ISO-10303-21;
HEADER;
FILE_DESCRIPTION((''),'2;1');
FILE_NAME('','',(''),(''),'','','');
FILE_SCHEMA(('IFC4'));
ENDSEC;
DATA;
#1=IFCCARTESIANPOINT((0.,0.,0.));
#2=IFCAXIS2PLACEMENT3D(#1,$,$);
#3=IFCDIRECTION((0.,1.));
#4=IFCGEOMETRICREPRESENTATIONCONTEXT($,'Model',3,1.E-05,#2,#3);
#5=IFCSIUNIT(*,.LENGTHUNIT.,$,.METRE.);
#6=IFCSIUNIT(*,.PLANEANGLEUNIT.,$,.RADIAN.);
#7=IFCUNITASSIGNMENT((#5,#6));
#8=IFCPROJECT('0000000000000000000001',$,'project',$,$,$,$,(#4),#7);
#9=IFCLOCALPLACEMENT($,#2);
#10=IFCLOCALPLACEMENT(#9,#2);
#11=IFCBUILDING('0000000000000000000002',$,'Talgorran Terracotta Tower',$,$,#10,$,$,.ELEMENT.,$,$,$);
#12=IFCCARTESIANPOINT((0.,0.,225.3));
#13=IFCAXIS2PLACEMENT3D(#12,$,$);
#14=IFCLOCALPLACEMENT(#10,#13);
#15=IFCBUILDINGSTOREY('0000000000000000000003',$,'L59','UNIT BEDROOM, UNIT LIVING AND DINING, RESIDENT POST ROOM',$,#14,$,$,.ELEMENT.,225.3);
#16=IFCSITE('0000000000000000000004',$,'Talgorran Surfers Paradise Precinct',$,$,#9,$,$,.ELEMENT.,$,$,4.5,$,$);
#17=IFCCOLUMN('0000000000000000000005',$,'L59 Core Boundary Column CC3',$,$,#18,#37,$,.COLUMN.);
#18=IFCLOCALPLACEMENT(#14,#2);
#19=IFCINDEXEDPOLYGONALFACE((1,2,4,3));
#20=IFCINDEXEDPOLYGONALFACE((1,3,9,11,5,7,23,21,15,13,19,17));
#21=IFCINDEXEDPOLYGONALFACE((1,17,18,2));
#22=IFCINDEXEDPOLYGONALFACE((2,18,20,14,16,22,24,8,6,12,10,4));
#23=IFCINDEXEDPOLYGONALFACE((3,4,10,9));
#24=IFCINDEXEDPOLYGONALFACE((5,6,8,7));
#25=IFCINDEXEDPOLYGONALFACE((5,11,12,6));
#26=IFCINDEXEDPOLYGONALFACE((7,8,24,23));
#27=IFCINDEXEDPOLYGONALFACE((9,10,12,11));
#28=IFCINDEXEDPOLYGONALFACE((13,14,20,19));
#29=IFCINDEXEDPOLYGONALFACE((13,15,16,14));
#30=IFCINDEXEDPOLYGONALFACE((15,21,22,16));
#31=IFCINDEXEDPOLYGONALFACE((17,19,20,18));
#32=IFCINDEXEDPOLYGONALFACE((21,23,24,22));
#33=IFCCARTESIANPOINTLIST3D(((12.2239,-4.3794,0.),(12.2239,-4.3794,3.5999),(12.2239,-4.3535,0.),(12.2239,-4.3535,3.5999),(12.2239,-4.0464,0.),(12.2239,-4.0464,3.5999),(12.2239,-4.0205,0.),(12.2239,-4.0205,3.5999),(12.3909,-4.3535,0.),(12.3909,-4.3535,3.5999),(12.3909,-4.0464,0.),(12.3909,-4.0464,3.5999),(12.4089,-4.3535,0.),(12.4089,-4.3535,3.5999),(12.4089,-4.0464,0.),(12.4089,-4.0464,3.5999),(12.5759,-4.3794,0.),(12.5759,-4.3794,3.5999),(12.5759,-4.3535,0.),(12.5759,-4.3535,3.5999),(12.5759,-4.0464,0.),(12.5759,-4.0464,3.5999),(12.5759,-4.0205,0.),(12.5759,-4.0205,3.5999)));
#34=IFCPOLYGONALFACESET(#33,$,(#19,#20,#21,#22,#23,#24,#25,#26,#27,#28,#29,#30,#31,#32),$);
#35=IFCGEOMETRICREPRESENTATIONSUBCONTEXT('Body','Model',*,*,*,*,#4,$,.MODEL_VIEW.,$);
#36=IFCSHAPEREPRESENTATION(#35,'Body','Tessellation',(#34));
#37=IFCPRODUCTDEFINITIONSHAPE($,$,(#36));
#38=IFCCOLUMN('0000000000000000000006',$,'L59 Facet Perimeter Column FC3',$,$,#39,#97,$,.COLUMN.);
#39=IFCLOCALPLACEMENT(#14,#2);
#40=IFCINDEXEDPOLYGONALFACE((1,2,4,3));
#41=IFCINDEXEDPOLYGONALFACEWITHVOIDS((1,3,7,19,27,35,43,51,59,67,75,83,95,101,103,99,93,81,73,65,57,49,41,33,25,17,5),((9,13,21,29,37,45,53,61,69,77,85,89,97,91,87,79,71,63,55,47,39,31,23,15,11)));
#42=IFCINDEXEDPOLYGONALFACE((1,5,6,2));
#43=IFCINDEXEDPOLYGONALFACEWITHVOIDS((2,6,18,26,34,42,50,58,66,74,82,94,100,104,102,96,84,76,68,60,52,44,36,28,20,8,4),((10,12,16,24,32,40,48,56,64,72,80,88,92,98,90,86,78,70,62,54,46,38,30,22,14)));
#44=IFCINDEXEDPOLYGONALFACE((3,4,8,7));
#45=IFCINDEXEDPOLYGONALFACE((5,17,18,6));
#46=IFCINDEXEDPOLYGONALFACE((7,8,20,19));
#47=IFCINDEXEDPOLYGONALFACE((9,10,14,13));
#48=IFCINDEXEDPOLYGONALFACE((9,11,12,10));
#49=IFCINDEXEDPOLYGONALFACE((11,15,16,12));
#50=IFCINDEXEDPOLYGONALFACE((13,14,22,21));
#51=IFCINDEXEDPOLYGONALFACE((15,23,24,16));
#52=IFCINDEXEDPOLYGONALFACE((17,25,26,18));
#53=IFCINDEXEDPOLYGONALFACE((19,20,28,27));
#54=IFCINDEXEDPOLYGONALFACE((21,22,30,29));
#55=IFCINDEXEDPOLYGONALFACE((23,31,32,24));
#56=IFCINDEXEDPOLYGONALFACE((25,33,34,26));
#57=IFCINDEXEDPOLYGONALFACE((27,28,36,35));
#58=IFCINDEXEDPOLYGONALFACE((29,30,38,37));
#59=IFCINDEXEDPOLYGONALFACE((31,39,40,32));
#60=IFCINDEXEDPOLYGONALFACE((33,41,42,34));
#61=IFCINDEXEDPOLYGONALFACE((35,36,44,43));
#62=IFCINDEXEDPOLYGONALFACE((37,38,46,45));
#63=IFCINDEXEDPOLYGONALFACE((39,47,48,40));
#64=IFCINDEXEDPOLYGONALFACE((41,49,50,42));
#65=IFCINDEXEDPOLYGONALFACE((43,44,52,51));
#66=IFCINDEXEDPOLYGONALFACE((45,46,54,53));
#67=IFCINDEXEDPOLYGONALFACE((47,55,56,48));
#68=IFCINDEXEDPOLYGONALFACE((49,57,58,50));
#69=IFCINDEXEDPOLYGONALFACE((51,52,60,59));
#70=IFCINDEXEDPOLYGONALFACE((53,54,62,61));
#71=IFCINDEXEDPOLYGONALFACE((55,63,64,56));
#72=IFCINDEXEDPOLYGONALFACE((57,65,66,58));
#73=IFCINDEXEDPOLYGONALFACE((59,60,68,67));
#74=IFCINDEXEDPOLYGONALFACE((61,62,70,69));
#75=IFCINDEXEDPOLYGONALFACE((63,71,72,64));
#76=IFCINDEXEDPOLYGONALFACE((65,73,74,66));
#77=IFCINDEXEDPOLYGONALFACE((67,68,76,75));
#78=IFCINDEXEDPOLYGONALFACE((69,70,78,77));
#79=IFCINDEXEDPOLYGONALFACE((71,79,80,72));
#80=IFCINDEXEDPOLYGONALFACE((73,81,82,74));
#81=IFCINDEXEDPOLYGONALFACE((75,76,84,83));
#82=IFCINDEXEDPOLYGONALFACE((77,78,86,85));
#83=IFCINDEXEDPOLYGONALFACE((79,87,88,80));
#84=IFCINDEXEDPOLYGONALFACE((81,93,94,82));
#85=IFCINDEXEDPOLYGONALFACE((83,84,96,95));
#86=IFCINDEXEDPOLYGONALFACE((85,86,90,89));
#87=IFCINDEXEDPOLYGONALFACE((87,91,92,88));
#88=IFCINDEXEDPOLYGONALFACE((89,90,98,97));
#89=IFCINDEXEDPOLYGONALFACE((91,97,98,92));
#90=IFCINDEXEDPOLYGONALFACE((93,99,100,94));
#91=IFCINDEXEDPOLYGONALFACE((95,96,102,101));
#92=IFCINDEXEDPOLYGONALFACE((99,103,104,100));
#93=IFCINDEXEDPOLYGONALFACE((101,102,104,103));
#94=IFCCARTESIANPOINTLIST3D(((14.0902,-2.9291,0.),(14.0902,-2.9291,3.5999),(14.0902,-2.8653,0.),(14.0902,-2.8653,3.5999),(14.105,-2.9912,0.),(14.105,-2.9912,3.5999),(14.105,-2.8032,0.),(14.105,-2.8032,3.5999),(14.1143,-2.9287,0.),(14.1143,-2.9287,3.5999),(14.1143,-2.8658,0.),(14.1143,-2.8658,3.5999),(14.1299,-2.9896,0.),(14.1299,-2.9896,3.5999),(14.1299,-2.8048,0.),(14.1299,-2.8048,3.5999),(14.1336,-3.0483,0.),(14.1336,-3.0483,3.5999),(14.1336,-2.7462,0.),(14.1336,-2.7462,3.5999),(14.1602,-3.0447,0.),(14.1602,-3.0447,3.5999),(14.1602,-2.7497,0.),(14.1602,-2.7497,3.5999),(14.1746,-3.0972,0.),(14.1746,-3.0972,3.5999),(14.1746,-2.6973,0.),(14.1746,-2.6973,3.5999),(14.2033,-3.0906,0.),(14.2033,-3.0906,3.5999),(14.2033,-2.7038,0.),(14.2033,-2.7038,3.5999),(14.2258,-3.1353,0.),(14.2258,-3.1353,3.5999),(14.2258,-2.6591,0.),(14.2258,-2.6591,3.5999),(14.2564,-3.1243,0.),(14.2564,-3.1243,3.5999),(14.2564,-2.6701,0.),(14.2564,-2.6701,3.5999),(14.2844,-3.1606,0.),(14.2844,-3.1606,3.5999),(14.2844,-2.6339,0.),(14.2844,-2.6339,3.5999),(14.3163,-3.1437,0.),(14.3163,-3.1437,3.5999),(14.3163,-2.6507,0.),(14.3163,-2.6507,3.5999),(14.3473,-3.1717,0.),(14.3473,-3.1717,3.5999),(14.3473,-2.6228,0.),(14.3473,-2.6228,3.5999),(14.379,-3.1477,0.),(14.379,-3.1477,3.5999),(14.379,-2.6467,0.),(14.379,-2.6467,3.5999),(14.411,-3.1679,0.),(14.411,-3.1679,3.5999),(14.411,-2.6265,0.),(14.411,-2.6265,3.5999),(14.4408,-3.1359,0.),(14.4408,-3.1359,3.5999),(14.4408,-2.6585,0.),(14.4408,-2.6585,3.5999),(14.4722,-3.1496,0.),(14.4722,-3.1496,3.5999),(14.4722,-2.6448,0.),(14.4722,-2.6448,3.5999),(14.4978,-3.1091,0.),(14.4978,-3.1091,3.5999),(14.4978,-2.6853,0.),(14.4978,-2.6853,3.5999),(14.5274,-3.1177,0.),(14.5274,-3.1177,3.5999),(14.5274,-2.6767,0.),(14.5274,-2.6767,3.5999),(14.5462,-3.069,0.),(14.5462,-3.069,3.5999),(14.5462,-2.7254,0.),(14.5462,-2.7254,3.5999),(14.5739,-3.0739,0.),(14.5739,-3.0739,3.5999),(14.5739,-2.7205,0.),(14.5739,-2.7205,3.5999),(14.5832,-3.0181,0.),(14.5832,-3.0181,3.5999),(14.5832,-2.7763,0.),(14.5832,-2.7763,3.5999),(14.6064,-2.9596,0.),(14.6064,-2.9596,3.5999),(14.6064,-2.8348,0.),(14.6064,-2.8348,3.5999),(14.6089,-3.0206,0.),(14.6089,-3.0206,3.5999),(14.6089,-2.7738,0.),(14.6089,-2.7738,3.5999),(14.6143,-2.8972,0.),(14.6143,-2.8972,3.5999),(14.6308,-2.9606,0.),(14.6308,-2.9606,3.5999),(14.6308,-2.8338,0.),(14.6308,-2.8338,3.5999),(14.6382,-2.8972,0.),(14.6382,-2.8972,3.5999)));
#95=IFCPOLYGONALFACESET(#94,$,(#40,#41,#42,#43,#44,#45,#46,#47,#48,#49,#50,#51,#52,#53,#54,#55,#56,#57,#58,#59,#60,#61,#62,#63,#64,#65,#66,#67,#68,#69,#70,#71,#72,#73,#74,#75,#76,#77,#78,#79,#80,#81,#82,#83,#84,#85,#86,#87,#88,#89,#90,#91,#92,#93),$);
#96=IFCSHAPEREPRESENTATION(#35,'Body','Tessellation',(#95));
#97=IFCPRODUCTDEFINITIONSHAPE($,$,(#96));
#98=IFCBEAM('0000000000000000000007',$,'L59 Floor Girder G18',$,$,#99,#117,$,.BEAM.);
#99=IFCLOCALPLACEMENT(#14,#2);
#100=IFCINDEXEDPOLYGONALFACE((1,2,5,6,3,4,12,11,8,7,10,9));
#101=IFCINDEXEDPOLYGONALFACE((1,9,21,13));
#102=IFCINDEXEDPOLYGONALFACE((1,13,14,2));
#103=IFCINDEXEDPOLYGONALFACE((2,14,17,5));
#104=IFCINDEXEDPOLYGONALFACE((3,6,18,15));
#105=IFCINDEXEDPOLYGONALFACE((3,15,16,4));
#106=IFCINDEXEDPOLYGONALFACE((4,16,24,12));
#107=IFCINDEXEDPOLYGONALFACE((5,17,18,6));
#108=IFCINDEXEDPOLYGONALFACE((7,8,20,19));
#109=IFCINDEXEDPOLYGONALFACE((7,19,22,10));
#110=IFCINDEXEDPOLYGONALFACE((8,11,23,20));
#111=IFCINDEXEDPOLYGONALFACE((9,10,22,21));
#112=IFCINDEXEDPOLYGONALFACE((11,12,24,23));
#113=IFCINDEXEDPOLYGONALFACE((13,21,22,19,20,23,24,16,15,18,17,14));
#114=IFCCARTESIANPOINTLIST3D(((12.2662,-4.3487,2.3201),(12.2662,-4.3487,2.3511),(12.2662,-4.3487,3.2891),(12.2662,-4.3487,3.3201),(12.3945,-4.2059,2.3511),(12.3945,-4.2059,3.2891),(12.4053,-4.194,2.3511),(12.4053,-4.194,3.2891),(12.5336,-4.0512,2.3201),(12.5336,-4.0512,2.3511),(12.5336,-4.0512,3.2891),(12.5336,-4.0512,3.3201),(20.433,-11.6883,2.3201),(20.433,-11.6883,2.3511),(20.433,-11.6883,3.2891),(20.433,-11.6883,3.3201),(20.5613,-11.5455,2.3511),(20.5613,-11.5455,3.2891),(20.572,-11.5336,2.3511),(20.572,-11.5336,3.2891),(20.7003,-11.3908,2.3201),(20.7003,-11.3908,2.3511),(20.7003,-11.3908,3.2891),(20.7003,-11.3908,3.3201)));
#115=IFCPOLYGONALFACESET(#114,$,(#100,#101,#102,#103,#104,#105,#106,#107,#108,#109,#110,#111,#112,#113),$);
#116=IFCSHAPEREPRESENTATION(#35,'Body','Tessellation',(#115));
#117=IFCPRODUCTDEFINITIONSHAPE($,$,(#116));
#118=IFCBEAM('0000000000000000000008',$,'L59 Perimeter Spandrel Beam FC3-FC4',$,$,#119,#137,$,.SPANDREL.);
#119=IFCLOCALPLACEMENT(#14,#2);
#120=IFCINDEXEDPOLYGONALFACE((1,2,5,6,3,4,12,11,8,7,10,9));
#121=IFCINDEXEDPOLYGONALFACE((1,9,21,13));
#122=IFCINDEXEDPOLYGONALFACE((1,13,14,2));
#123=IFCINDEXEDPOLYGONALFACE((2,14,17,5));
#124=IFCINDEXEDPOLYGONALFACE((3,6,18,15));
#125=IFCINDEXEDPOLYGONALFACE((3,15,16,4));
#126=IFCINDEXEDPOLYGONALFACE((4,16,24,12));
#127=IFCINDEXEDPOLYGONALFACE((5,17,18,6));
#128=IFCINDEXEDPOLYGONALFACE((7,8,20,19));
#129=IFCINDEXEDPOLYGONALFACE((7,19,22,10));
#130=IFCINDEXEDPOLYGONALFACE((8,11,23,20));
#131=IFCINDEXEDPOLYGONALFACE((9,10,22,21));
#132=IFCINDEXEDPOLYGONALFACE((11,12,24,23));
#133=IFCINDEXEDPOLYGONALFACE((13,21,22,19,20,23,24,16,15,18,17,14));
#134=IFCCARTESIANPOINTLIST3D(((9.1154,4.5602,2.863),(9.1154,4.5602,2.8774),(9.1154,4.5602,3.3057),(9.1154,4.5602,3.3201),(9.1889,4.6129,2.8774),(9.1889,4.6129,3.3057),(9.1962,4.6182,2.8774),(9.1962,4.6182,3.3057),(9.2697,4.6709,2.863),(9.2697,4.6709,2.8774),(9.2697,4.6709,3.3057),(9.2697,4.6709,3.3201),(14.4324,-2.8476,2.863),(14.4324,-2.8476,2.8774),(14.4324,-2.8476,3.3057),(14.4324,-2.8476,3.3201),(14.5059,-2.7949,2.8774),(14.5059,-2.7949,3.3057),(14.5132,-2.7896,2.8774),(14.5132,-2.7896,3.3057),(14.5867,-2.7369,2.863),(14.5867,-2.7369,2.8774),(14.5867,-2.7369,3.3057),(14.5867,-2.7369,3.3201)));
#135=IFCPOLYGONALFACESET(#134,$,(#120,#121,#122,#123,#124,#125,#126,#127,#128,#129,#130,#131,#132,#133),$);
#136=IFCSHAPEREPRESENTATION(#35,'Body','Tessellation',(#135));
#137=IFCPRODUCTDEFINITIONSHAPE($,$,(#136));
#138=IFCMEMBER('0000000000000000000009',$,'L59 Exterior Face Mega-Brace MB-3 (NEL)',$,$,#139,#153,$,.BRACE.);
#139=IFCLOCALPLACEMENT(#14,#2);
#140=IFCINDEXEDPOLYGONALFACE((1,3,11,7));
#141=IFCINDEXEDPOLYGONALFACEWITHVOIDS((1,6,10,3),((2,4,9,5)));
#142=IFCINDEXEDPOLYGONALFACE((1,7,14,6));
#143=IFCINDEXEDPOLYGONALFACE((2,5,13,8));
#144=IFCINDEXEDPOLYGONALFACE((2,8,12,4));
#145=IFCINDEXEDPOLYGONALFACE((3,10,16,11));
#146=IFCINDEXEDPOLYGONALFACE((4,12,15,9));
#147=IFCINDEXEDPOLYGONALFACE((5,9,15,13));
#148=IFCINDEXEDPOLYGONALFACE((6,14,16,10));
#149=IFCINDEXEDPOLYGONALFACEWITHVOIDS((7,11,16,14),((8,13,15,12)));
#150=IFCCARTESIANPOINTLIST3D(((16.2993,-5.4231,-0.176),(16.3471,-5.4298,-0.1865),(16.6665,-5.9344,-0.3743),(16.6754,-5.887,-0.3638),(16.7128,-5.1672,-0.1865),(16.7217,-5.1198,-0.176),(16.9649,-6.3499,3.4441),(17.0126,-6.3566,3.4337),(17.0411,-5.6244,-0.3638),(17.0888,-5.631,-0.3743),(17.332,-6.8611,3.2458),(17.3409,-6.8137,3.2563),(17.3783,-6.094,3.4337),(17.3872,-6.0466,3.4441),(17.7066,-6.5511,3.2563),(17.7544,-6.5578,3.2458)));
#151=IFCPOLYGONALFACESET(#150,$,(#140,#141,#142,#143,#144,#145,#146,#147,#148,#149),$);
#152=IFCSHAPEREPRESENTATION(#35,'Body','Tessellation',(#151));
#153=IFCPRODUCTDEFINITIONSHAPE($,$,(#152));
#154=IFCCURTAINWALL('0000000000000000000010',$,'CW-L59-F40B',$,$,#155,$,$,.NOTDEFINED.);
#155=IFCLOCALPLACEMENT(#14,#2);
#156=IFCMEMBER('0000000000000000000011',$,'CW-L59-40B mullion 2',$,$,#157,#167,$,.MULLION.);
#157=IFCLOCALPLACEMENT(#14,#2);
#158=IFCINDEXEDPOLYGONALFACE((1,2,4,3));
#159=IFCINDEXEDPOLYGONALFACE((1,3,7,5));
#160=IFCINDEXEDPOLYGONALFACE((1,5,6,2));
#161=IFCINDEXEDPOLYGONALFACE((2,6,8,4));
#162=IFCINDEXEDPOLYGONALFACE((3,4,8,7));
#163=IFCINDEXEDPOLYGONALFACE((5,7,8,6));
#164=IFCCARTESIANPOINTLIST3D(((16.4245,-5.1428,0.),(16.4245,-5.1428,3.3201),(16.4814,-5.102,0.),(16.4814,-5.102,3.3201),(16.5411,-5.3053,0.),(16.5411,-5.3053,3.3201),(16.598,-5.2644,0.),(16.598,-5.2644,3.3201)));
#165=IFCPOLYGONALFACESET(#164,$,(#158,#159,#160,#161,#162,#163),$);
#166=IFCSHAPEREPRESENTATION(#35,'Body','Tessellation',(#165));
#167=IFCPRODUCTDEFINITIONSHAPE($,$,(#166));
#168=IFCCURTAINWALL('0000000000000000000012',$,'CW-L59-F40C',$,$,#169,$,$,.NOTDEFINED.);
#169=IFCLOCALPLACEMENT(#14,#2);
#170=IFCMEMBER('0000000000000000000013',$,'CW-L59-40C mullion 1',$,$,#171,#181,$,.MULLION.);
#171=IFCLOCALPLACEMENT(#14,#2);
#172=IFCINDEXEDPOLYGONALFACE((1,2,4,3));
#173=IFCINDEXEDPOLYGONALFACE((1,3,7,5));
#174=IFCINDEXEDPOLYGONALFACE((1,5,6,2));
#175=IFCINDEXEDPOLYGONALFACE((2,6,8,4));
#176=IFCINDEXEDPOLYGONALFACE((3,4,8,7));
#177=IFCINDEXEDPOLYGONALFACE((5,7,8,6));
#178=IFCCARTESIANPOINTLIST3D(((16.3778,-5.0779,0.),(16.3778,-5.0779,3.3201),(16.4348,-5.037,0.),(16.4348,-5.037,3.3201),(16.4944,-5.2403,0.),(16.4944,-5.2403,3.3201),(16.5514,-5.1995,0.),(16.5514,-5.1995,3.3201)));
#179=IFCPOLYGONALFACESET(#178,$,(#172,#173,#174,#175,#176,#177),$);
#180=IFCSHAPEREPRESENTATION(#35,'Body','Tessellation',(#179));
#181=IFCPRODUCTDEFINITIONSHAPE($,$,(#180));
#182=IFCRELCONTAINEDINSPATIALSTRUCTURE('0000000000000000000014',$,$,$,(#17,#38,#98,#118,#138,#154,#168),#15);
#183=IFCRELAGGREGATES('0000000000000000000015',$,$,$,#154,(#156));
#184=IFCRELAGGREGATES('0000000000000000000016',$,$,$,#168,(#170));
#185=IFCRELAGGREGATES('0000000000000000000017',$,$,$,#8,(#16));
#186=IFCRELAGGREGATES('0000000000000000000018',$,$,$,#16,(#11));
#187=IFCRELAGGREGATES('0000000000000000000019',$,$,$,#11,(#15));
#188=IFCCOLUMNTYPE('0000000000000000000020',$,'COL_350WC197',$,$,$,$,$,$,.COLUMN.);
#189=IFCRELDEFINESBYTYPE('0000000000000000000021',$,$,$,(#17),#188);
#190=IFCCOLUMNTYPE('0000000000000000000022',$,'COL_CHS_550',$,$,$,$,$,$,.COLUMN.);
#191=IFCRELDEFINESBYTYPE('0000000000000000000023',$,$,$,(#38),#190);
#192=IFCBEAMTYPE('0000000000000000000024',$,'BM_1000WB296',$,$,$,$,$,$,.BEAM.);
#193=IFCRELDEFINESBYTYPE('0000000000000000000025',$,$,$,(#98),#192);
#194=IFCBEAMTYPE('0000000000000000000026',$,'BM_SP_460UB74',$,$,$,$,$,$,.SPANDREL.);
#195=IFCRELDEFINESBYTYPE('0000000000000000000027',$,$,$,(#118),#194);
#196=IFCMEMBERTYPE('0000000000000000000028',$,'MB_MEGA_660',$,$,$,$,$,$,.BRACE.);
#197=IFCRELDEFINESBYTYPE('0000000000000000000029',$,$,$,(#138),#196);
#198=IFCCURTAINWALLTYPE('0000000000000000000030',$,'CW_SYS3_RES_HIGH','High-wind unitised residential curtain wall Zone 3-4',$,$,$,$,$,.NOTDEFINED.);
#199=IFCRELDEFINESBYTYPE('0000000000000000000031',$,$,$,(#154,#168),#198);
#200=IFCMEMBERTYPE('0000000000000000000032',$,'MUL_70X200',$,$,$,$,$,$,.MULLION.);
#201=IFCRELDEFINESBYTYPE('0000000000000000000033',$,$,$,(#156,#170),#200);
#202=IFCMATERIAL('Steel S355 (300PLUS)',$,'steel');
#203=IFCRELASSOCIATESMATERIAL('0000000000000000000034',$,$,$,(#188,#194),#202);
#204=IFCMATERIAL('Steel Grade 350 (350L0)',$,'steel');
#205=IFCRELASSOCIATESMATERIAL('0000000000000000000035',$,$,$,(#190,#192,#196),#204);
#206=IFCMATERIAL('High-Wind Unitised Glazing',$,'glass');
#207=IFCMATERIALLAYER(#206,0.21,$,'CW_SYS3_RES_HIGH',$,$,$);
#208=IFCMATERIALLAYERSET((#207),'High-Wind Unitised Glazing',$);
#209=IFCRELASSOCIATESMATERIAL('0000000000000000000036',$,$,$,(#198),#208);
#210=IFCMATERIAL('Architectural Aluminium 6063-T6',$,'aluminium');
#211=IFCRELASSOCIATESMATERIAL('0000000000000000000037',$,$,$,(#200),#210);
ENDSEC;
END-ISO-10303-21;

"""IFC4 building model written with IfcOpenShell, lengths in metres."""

from ifc_helpers import new_model, si_unit, direction, frame, origin, origin_2d, place, context, subcontext, project, spatial, rectangle, hollow_rectangle, hollow_circle, i_section, extrude, material, layer, layer_set, material_profile, profile_set, type_object, element, aggregate, save


model = new_model("IFC4")

# Units and contexts
model_context = context("Model", 3, precision=1e-05, world=origin(), true_north=direction((0.0, 1.0)))
body_context = subcontext(model_context, "Body", "Model", "MODEL_VIEW")
ifc_project = project(units=[si_unit("LENGTHUNIT", "METRE"), si_unit("PLANEANGLEUNIT", "RADIAN")], contexts=[model_context])

# Site, building, storey
site_placement = place(None, origin())
site = spatial("IfcSite", under=ifc_project, at=site_placement, Name="Talgorran Surfers Paradise Precinct", CompositionType="ELEMENT", RefElevation=4.5)
building_placement = place(site_placement, origin())
building = spatial("IfcBuilding", under=site, at=building_placement, Name="Talgorran Terracotta Tower", CompositionType="ELEMENT")
storey_placement = place(building_placement, frame((0.0, 0.0, 225.3)))
storey = spatial("IfcBuildingStorey", under=building, at=storey_placement, Name="L59", Description="UNIT BEDROOM, UNIT LIVING AND DINING, RESIDENT POST ROOM", CompositionType="ELEMENT", Elevation=225.3)

# Columns
ifc_material_1 = material(Name="Steel S355 (300PLUS)", Category="steel")
ifc_material_profile_1 = material_profile(ifc_material_1, i_section(OverallWidth=0.3521, OverallDepth=0.3589, WebThickness=0.0181, FlangeThickness=0.0259, at=origin_2d()), Name="350WC197")
ifc_profile_set_1 = profile_set([ifc_material_profile_1], Name="Steel S355 (300PLUS)")
column_type_1 = type_object("IfcColumnType", Name="COL_350WC197", PredefinedType="COLUMN", material=ifc_profile_set_1)
column_1_placement = place(storey_placement, frame((12.3999, -4.2, 0.0), z_axis=(0.0, 0.0, 1.0), x_axis=(1.0, 0.0, 0.0)))
element("IfcColumn", 1, at=column_1_placement, inside=storey, type_object=column_type_1, Name="L59 Core Boundary Column CC3", PredefinedType="COLUMN", context=body_context, shape_type="SweptSolid", body=[
    extrude(i_section(OverallWidth=0.3521, OverallDepth=0.3589, WebThickness=0.0181, FlangeThickness=0.0259, at=origin_2d()), origin(), (0.0, 0.0, 1.0), 3.5999),
])
ifc_material_2 = material(Name="Steel Grade 350 (350L0)", Category="steel")
ifc_material_profile_2 = material_profile(ifc_material_2, hollow_circle(Radius=0.2749, WallThickness=0.0239, at=origin_2d()), Name="CHS550X24")
ifc_profile_set_2 = profile_set([ifc_material_profile_2], Name="Steel Grade 350 (350L0)")
column_type_2 = type_object("IfcColumnType", Name="COL_CHS_550", PredefinedType="COLUMN", material=ifc_profile_set_2)
column_2_placement = place(storey_placement, frame((14.3633, -2.8972, 0.0), z_axis=(0.0, 0.0, 1.0), x_axis=(1.0, 0.0, 0.0)))
element("IfcColumn", 2, at=column_2_placement, inside=storey, type_object=column_type_2, Name="L59 Facet Perimeter Column FC3", PredefinedType="COLUMN", context=body_context, shape_type="SweptSolid", body=[
    extrude(hollow_circle(Radius=0.2749, WallThickness=0.0239, at=origin_2d()), origin(), (0.0, 0.0, 1.0), 3.5999),
])

# Beams
ifc_material_profile_3 = material_profile(ifc_material_2, i_section(OverallWidth=0.3999, OverallDepth=1.0, WebThickness=0.0161, FlangeThickness=0.031, at=origin_2d()), Name="1000WB296")
ifc_profile_set_3 = profile_set([ifc_material_profile_3], Name="Steel Grade 350 (350L0)")
beam_type_1 = type_object("IfcBeamType", Name="BM_1000WB296", PredefinedType="BEAM", material=ifc_profile_set_3)
beam_1_placement = place(storey_placement, frame((12.3999, -4.2, 2.8201), z_axis=(0.743768, -0.668438, 0.0), x_axis=(0.668438, 0.743768, 0.0)))
element("IfcBeam", 3, at=beam_1_placement, inside=storey, type_object=beam_type_1, Name="L59 Floor Girder G18", PredefinedType="BEAM", context=body_context, shape_type="SweptSolid", body=[
    extrude(i_section(OverallWidth=0.3999, OverallDepth=1.0, WebThickness=0.0161, FlangeThickness=0.031, at=origin_2d()), origin(), (0.0, 0.0, 1.0), 10.9802),
])
ifc_material_profile_4 = material_profile(ifc_material_1, i_section(OverallWidth=0.1899, OverallDepth=0.457, WebThickness=0.009, FlangeThickness=0.0144, at=origin_2d()), Name="460UB74.6")
ifc_profile_set_4 = profile_set([ifc_material_profile_4], Name="Steel S355 (300PLUS)")
beam_type_2 = type_object("IfcBeamType", Name="BM_SP_460UB74", PredefinedType="SPANDREL", material=ifc_profile_set_4)
beam_2_placement = place(storey_placement, frame((14.5095, -2.7922, 3.0916), z_axis=(-0.583101, 0.8124, 0.0), x_axis=(-0.8124, -0.583101, 0.0)))
element("IfcBeam", 4, at=beam_2_placement, inside=storey, type_object=beam_type_2, Name="L59 Perimeter Spandrel Beam FC3-FC4", PredefinedType="SPANDREL", context=body_context, shape_type="SweptSolid", body=[
    extrude(i_section(OverallWidth=0.1899, OverallDepth=0.457, WebThickness=0.009, FlangeThickness=0.0144, at=origin_2d()), origin(), (0.0, 0.0, 1.0), 9.1184),
])

# Member
ifc_material_profile_5 = material_profile(ifc_material_2, hollow_rectangle(XDim=0.52, YDim=0.6599, WallThickness=0.0349, at=origin_2d()), Name="WBOX660X520X35")
ifc_profile_set_5 = profile_set([ifc_material_profile_5], Name="Steel Grade 350 (350L0)")
member_type_1 = type_object("IfcMemberType", Name="MB_MEGA_660", PredefinedType="BRACE", material=ifc_profile_set_5)
member_1_placement = place(storey_placement, frame((16.6941, -5.5271, -0.2751), z_axis=(0.175339, -0.244162, 0.953751), x_axis=(0.812256, 0.583301, 0.0)))
element("IfcMember", 5, at=member_1_placement, inside=storey, type_object=member_type_1, Name="L59 Exterior Face Mega-Brace MB-3 (NEL)", PredefinedType="BRACE", context=body_context, shape_type="SweptSolid", body=[
    extrude(hollow_rectangle(XDim=0.52, YDim=0.6599, WallThickness=0.0349, at=origin_2d()), origin(), (0.0, 0.0, 1.0), 3.7957),
])

# Curtain wall, member
ifc_material_3 = material(Name="High-Wind Unitised Glazing", Category="glass")
ifc_layer_1 = layer(ifc_material_3, 0.21, Name="CW_SYS3_RES_HIGH")
ifc_layer_set_1 = layer_set([ifc_layer_1], Name="High-Wind Unitised Glazing")
curtain_wall_type = type_object("IfcCurtainWallType", Name="CW_SYS3_RES_HIGH", Description="High-wind unitised residential curtain wall Zone 3-4", PredefinedType="NOTDEFINED", material=ifc_layer_set_1)
curtain_wall_1_placement = place(storey_placement, origin())
curtain_wall_1 = element("IfcCurtainWall", 6, at=curtain_wall_1_placement, inside=storey, type_object=curtain_wall_type, Name="CW-L59-F40B", PredefinedType="NOTDEFINED")
ifc_material_4 = material(Name="Architectural Aluminium 6063-T6", Category="aluminium")
ifc_material_profile_6 = material_profile(ifc_material_4, rectangle(XDim=0.0701, YDim=0.2, at=origin_2d()), Name="CWM70X200")
ifc_profile_set_6 = profile_set([ifc_material_profile_6], Name="Architectural Aluminium 6063-T6")
member_type_2 = type_object("IfcMemberType", Name="MUL_70X200", PredefinedType="MULLION", material=ifc_profile_set_6)
member_2_placement = place(storey_placement, frame((16.5112, -5.2036, 0.0), z_axis=(0.0, 0.0, 1.0), x_axis=(-0.812387, -0.583119, 0.0)))
member_2 = element("IfcMember", 7, at=member_2_placement, type_object=member_type_2, Name="CW-L59-40B mullion 2", PredefinedType="MULLION", context=body_context, shape_type="SweptSolid", body=[
    extrude(rectangle(XDim=0.0701, YDim=0.2, at=origin_2d()), origin(), (0.0, 0.0, 1.0), 3.3201),
])

# Curtain wall, member
curtain_wall_2_placement = place(storey_placement, origin())
curtain_wall_2 = element("IfcCurtainWall", 8, at=curtain_wall_2_placement, inside=storey, type_object=curtain_wall_type, Name="CW-L59-F40C", PredefinedType="NOTDEFINED")
member_3_placement = place(storey_placement, frame((16.4646, -5.1387, 0.0), z_axis=(0.0, 0.0, 1.0), x_axis=(-0.812388, -0.583117, 0.0)))
member_3 = element("IfcMember", 9, at=member_3_placement, type_object=member_type_2, Name="CW-L59-40C mullion 1", PredefinedType="MULLION", context=body_context, shape_type="SweptSolid", body=[
    extrude(rectangle(XDim=0.0701, YDim=0.2, at=origin_2d()), origin(), (0.0, 0.0, 1.0), 3.3201),
])

aggregate(curtain_wall_1, [member_2])
aggregate(curtain_wall_2, [member_3])

save(model, "model.ifc")
